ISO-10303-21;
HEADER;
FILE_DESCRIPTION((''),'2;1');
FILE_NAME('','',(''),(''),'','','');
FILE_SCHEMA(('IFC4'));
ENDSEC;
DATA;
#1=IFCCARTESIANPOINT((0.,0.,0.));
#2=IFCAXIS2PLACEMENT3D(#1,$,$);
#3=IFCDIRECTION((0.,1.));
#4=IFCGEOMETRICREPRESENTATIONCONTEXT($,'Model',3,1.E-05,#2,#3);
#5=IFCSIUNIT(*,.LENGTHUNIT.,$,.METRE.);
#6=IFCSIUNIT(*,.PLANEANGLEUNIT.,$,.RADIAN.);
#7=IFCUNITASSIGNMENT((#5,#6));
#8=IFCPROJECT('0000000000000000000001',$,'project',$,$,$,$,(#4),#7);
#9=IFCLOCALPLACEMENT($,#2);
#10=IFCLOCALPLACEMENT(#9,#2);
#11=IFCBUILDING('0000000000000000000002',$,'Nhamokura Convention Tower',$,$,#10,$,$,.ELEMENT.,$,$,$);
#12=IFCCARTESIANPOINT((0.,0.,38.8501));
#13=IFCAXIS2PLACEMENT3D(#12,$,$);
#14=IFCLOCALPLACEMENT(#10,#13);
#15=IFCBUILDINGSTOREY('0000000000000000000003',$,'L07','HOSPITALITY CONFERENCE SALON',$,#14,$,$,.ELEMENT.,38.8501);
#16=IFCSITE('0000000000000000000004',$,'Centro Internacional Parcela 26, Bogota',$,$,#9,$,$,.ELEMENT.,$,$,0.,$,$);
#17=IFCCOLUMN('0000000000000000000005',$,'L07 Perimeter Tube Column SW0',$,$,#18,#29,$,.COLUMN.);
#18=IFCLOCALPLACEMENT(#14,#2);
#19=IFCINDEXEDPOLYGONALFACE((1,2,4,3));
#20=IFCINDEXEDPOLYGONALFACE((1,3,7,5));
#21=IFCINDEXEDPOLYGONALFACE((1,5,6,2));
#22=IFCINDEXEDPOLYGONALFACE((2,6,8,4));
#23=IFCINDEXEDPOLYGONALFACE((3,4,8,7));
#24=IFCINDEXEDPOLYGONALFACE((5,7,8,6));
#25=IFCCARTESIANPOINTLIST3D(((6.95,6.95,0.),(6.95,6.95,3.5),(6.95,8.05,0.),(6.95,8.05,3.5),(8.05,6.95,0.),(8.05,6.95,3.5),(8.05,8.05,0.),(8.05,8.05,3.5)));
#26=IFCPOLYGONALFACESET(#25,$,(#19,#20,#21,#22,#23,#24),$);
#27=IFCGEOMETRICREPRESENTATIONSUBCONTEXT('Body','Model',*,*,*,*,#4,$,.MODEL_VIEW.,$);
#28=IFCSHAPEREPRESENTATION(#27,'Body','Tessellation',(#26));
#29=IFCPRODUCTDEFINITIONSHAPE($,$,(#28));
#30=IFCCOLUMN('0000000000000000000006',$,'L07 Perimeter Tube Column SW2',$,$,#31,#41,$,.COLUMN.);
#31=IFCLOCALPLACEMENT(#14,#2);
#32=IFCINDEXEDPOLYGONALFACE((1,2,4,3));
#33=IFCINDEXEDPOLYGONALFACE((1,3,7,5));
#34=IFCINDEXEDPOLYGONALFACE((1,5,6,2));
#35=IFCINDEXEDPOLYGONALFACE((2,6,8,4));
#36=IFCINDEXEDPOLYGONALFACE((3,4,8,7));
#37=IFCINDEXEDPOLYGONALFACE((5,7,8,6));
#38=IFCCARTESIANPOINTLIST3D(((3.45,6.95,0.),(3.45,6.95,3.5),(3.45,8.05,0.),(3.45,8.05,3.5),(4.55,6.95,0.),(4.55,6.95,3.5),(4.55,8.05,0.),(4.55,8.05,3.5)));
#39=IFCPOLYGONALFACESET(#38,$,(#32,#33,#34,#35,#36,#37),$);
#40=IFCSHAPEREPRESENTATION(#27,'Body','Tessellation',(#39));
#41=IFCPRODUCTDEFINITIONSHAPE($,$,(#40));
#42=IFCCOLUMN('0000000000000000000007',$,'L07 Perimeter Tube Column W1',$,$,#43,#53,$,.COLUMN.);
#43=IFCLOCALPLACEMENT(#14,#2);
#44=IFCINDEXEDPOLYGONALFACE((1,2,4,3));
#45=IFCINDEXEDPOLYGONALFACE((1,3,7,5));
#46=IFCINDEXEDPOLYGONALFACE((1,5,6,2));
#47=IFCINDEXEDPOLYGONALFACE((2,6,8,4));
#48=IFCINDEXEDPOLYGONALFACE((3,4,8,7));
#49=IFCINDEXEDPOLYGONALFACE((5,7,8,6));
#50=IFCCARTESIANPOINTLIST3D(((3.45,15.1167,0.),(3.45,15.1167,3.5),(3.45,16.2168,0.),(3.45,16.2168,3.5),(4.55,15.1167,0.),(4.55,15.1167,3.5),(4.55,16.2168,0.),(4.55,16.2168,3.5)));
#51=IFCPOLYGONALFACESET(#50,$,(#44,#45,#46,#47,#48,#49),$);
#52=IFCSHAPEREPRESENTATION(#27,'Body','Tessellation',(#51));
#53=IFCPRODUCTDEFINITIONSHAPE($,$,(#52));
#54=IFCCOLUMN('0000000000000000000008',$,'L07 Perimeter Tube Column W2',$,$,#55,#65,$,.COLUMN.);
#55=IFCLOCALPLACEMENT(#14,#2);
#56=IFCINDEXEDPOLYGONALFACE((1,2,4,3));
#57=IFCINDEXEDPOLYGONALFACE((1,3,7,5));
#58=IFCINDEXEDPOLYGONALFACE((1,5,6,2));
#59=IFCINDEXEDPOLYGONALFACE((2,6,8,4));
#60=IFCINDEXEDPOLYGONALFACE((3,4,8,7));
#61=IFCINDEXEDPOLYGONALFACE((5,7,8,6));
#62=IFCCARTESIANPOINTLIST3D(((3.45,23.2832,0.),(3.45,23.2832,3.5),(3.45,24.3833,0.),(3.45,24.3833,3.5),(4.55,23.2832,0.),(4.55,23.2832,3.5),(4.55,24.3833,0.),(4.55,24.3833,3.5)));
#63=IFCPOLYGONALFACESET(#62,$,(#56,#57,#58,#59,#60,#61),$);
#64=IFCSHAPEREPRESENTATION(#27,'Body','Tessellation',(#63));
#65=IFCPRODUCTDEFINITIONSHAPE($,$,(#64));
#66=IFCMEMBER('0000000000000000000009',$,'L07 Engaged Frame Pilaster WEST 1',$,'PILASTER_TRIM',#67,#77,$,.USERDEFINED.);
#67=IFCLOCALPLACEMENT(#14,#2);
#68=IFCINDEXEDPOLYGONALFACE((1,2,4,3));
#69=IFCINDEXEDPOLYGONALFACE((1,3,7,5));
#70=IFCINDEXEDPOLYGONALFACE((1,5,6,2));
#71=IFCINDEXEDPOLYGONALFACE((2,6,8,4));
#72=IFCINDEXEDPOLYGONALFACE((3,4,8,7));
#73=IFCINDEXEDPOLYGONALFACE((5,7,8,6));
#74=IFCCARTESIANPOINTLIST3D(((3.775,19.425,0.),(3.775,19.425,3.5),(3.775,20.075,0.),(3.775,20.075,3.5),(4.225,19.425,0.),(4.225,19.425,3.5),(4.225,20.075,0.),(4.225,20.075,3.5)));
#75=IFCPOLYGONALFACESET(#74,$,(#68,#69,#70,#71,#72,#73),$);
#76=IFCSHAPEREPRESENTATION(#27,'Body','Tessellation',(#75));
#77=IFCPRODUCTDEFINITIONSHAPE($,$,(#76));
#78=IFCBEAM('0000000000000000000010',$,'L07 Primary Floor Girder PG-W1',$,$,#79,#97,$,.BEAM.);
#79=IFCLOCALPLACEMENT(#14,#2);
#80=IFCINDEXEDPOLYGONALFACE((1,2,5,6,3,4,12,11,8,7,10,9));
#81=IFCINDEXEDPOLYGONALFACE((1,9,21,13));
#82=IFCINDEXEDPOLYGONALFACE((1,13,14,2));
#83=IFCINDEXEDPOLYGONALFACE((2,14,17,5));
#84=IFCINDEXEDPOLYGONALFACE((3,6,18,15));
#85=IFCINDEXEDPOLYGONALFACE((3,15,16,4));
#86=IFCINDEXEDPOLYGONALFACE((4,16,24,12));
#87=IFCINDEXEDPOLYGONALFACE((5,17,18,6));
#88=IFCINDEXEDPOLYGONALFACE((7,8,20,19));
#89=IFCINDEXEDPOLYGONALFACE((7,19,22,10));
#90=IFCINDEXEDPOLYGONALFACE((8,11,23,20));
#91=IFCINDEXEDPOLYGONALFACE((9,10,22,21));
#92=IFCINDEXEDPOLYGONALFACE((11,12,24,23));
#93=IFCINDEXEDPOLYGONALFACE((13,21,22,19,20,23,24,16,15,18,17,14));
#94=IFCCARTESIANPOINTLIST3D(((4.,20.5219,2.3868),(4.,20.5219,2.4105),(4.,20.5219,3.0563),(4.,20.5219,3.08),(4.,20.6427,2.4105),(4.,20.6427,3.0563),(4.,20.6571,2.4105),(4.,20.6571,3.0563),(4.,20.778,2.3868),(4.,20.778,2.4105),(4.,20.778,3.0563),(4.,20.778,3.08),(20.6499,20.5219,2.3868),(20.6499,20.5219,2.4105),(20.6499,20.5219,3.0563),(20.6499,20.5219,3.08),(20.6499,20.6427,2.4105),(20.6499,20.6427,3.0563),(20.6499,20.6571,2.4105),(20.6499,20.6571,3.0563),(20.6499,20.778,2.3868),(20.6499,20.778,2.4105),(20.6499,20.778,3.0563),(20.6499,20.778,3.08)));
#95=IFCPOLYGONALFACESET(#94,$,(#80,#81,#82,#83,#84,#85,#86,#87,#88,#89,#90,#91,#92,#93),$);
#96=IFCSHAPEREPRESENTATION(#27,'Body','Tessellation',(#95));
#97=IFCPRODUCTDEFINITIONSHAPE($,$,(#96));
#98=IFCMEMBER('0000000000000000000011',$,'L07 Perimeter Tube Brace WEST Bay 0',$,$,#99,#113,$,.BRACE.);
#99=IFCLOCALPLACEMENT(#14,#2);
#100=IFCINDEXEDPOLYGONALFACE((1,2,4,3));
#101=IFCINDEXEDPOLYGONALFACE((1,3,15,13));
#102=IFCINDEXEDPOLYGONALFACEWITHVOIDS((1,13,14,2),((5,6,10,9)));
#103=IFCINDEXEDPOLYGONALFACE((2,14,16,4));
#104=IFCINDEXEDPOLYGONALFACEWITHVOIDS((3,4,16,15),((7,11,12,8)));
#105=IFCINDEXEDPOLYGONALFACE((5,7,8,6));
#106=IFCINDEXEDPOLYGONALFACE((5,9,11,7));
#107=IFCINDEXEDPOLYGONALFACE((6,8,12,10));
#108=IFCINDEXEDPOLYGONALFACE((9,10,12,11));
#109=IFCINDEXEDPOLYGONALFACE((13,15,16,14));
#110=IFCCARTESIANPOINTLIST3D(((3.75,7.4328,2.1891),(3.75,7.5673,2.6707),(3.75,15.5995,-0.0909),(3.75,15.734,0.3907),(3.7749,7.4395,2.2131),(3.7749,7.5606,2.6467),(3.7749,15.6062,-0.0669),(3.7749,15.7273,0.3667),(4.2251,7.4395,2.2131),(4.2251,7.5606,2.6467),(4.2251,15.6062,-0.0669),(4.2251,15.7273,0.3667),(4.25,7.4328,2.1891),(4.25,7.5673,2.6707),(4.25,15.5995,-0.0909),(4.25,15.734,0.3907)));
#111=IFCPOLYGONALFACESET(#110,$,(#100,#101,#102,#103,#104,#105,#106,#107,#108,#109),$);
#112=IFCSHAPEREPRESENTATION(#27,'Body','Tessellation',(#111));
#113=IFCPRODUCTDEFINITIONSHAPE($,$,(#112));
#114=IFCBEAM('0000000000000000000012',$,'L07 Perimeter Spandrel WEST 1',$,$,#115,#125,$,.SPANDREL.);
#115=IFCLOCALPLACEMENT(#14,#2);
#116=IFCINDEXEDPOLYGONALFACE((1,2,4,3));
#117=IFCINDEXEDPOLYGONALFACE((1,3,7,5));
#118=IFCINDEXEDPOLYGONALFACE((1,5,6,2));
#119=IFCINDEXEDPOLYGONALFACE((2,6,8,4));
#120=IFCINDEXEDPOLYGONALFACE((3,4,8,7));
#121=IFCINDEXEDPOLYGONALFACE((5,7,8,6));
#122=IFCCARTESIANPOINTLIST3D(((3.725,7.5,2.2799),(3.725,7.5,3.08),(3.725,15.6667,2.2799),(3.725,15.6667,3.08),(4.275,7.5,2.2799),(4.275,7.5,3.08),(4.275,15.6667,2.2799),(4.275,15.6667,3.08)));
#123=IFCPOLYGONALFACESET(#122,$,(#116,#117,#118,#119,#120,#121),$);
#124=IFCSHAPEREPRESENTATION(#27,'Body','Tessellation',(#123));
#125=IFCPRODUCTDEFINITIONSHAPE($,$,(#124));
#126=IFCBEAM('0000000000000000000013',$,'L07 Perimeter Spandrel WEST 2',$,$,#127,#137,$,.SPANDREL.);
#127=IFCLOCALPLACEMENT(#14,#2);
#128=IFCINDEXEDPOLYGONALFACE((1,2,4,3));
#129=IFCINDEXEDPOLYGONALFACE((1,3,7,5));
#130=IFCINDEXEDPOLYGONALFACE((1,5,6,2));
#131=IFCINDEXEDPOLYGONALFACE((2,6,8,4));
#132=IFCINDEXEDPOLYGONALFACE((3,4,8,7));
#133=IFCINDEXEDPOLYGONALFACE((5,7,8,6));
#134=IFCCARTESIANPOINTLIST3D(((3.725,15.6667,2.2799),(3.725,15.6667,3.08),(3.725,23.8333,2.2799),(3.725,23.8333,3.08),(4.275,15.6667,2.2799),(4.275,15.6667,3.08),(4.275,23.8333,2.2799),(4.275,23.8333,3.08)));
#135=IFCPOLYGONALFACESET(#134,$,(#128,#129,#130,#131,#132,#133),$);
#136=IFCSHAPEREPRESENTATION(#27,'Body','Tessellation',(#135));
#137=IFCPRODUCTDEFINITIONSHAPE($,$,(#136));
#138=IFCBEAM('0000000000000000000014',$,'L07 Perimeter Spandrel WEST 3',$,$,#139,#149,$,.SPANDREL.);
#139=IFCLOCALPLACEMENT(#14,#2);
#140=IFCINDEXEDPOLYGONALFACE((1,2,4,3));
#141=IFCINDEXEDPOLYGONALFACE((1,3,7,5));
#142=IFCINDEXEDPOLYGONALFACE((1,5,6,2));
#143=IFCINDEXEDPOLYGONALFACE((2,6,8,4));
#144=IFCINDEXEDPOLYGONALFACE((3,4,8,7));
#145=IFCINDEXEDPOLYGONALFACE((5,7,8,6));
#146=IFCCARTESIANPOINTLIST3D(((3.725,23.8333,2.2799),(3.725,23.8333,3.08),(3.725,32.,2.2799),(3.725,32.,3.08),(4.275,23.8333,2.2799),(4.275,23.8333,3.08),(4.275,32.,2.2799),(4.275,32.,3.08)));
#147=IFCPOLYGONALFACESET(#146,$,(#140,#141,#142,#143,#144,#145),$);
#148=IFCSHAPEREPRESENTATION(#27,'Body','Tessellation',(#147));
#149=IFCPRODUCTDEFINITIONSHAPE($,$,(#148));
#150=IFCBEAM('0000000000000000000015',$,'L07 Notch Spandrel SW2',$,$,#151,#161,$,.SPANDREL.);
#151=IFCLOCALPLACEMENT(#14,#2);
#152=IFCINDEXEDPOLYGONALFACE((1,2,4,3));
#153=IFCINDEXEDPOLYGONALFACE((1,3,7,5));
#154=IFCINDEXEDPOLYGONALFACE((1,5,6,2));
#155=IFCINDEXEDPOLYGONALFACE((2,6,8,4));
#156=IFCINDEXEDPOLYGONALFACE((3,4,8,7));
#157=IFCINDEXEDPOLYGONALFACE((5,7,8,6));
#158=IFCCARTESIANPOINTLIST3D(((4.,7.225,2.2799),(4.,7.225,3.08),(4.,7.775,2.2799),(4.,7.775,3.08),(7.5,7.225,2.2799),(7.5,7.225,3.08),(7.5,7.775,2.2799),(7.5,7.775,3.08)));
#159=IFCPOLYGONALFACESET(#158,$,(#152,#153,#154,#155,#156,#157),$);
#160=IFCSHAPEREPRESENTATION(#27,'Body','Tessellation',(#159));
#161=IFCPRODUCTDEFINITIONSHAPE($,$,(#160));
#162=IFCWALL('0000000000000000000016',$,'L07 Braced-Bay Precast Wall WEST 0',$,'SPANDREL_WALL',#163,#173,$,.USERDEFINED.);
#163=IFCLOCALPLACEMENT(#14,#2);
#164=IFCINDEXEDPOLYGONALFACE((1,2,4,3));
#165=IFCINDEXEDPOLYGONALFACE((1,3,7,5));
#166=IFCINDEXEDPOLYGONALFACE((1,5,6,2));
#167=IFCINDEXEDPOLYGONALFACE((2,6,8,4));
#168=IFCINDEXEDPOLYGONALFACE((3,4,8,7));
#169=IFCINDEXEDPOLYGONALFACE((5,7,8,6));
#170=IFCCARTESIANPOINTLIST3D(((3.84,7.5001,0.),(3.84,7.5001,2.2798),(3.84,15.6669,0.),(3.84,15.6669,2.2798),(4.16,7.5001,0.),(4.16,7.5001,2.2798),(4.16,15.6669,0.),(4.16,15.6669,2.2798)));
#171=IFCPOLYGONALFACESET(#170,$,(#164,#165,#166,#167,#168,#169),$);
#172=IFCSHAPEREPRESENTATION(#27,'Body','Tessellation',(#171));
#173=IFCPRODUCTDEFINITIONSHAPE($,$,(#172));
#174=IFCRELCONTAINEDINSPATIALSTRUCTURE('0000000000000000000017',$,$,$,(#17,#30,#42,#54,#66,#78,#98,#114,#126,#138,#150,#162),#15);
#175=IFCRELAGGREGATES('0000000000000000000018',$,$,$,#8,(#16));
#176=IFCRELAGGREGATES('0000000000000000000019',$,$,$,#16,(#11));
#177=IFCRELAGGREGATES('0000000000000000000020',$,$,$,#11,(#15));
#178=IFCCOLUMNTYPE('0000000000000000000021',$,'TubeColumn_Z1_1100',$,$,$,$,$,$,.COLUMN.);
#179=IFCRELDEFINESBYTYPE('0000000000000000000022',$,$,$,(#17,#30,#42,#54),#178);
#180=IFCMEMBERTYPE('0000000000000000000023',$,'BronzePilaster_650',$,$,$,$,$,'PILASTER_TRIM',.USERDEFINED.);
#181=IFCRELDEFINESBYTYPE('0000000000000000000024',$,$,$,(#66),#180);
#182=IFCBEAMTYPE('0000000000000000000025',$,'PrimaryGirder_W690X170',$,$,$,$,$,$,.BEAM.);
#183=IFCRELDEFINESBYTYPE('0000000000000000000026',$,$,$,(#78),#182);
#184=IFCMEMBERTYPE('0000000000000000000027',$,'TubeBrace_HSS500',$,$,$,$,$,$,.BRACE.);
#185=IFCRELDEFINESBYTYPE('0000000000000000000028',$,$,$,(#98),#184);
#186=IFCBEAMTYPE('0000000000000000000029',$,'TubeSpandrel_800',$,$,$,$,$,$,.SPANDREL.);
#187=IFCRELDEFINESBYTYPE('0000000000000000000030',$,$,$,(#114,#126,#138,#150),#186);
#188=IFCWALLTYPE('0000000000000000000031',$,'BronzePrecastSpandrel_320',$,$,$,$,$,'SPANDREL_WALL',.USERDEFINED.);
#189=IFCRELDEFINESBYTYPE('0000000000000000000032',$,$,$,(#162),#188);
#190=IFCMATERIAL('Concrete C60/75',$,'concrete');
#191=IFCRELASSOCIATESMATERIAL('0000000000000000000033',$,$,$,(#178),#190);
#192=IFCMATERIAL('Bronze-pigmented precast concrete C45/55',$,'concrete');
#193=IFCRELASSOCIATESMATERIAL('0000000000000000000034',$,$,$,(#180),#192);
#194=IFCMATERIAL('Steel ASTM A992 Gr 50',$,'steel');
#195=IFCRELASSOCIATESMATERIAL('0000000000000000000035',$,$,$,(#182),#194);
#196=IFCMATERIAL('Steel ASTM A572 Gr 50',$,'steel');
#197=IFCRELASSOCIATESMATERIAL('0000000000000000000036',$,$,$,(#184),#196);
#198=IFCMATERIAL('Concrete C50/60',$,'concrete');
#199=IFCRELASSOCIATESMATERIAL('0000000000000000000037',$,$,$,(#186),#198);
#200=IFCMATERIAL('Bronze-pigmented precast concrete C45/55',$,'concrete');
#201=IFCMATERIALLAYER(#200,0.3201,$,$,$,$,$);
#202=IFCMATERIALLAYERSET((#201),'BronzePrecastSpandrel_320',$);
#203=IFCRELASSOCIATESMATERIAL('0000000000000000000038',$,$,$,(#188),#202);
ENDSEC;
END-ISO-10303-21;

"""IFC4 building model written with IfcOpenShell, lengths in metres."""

from ifc_helpers import new_model, si_unit, direction, frame, frame_2d, origin, origin_2d, place, context, subcontext, project, spatial, rectangle, hollow_rectangle, i_section, extrude, material, layer, layer_set, material_profile, profile_set, type_object, element, save


model = new_model("IFC4")

# Units and contexts
model_context = context("Model", 3, precision=1e-05, world=origin(), true_north=direction((0.0, 1.0)))
body_context = subcontext(model_context, "Body", "Model", "MODEL_VIEW")
ifc_project = project(units=[si_unit("LENGTHUNIT", "METRE"), si_unit("PLANEANGLEUNIT", "RADIAN")], contexts=[model_context])

# Site, building, storey
site_placement = place(None, origin())
site = spatial("IfcSite", under=ifc_project, at=site_placement, Name="Centro Internacional Parcela 26, Bogota", CompositionType="ELEMENT", RefElevation=0.0)
building_placement = place(site_placement, origin())
building = spatial("IfcBuilding", under=site, at=building_placement, Name="Nhamokura Convention Tower", CompositionType="ELEMENT")
storey_placement = place(building_placement, frame((0.0, 0.0, 38.8501)))
storey = spatial("IfcBuildingStorey", under=building, at=storey_placement, Name="L07", Description="HOSPITALITY CONFERENCE SALON", CompositionType="ELEMENT", Elevation=38.8501)

# Columns
ifc_material_1 = material(Name="Concrete C60/75", Category="concrete")
ifc_material_profile_1 = material_profile(ifc_material_1, rectangle(XDim=1.1001, YDim=1.1001, at=origin_2d()))
ifc_profile_set_1 = profile_set([ifc_material_profile_1], Name="Concrete C60/75")
column_type = type_object("IfcColumnType", Name="TubeColumn_Z1_1100", PredefinedType="COLUMN", material=ifc_profile_set_1)
for number, where, z_axis, x_axis, name in (
    (1, (7.5, 7.5, 0.0), (0.0, 0.0, 1.0), (1.0, 0.0, 0.0), "L07 Perimeter Tube Column SW0"),
    (2, (4.0, 7.5, 0.0), (0.0, 0.0, 1.0), (1.0, 0.0, 0.0), "L07 Perimeter Tube Column SW2"),
    (3, (4.0, 15.6667, 0.0), (0.0, 0.0, 1.0), (1.0, 0.0, 0.0), "L07 Perimeter Tube Column W1"),
    (4, (4.0, 23.8333, 0.0), (0.0, 0.0, 1.0), (1.0, 0.0, 0.0), "L07 Perimeter Tube Column W2"),
):
    element("IfcColumn", number, at=place(storey_placement, frame(where, z_axis=z_axis, x_axis=x_axis)), inside=storey, type_object=column_type, Name=name, PredefinedType="COLUMN", context=body_context, shape_type="SweptSolid", body=[
        extrude(rectangle(XDim=1.1001, YDim=1.1001, at=origin_2d()), origin(), (0.0, 0.0, 1.0), 3.5),
    ])

# Member
ifc_material_2 = material(Name="Bronze-pigmented precast concrete C45/55", Category="concrete")
ifc_material_profile_2 = material_profile(ifc_material_2, rectangle(XDim=0.45, YDim=0.6499, at=origin_2d()))
ifc_profile_set_2 = profile_set([ifc_material_profile_2], Name="Bronze-pigmented precast concrete C45/55")
member_type_1 = type_object("IfcMemberType", Name="BronzePilaster_650", ElementType="PILASTER_TRIM", PredefinedType="USERDEFINED", material=ifc_profile_set_2)
member_1_placement = place(storey_placement, frame((4.0, 19.75, 0.0), z_axis=(0.0, 0.0, 1.0), x_axis=(1.0, 0.0, 0.0)))
element("IfcMember", 5, at=member_1_placement, inside=storey, type_object=member_type_1, Name="L07 Engaged Frame Pilaster WEST 1", ObjectType="PILASTER_TRIM", PredefinedType="USERDEFINED", context=body_context, shape_type="SweptSolid", body=[
    extrude(rectangle(XDim=0.45, YDim=0.6499, at=origin_2d()), origin(), (0.0, 0.0, 1.0), 3.5),
])

# Beam
ifc_material_3 = material(Name="Steel ASTM A992 Gr 50", Category="steel")
ifc_material_profile_3 = material_profile(ifc_material_3, i_section(OverallWidth=0.2561, OverallDepth=0.6931, WebThickness=0.0144, FlangeThickness=0.0237, at=origin_2d()))
ifc_profile_set_3 = profile_set([ifc_material_profile_3], Name="Steel ASTM A992 Gr 50")
beam_type_1 = type_object("IfcBeamType", Name="PrimaryGirder_W690X170", PredefinedType="BEAM", material=ifc_profile_set_3)
beam_1_placement = place(storey_placement, frame((4.0, 20.6499, 2.7334), z_axis=(1.0, 0.0, 0.0), x_axis=(0.0, 1.0, 0.0)))
element("IfcBeam", 6, at=beam_1_placement, inside=storey, type_object=beam_type_1, Name="L07 Primary Floor Girder PG-W1", PredefinedType="BEAM", context=body_context, shape_type="SweptSolid", body=[
    extrude(i_section(OverallWidth=0.2561, OverallDepth=0.6931, WebThickness=0.0144, FlangeThickness=0.0237, at=origin_2d()), origin(), (0.0, 0.0, 1.0), 16.6499),
])

# Member
ifc_material_4 = material(Name="Steel ASTM A572 Gr 50", Category="steel")
ifc_material_profile_4 = material_profile(ifc_material_4, hollow_rectangle(XDim=0.5, YDim=0.5, WallThickness=0.0249, at=origin_2d()))
ifc_profile_set_4 = profile_set([ifc_material_profile_4], Name="Steel ASTM A572 Gr 50")
member_type_2 = type_object("IfcMemberType", Name="TubeBrace_HSS500", PredefinedType="BRACE", material=ifc_profile_set_4)
member_2_placement = place(storey_placement, frame((4.0, 15.6667, 0.1499), z_axis=(0.0, -0.963168, 0.268901), x_axis=(1.0, 0.0, 0.0)))
element("IfcMember", 7, at=member_2_placement, inside=storey, type_object=member_type_2, Name="L07 Perimeter Tube Brace WEST Bay 0", PredefinedType="BRACE", context=body_context, shape_type="SweptSolid", body=[
    extrude(hollow_rectangle(XDim=0.5, YDim=0.5, WallThickness=0.0249, at=origin_2d()), origin(), (0.0, 0.0, 1.0), 8.479),
])

# Beams
ifc_material_5 = material(Name="Concrete C50/60", Category="concrete")
ifc_material_profile_5 = material_profile(ifc_material_5, rectangle(XDim=0.55, YDim=0.8, at=origin_2d()))
ifc_profile_set_5 = profile_set([ifc_material_profile_5], Name="Concrete C50/60")
beam_type_2 = type_object("IfcBeamType", Name="TubeSpandrel_800", PredefinedType="SPANDREL", material=ifc_profile_set_5)
beam_2_placement = place(storey_placement, frame((4.0, 7.5, 2.6799), z_axis=(0.0, 1.0, 0.0), x_axis=(-1.0, 0.0, 0.0)))
element("IfcBeam", 8, at=beam_2_placement, inside=storey, type_object=beam_type_2, Name="L07 Perimeter Spandrel WEST 1", PredefinedType="SPANDREL", context=body_context, shape_type="SweptSolid", body=[
    extrude(rectangle(XDim=0.55, YDim=0.8, at=origin_2d()), origin(), (0.0, 0.0, 1.0), 8.1667),
])
beam_3_placement = place(storey_placement, frame((4.0, 15.6667, 2.6799), z_axis=(0.0, 1.0, 0.0), x_axis=(-1.0, 0.0, 0.0)))
element("IfcBeam", 9, at=beam_3_placement, inside=storey, type_object=beam_type_2, Name="L07 Perimeter Spandrel WEST 2", PredefinedType="SPANDREL", context=body_context, shape_type="SweptSolid", body=[
    extrude(rectangle(XDim=0.55, YDim=0.8, at=origin_2d()), origin(), (0.0, 0.0, 1.0), 8.1665),
])
beam_4_placement = place(storey_placement, frame((4.0, 23.8333, 2.6799), z_axis=(0.0, 1.0, 0.0), x_axis=(-1.0, 0.0, 0.0)))
element("IfcBeam", 10, at=beam_4_placement, inside=storey, type_object=beam_type_2, Name="L07 Perimeter Spandrel WEST 3", PredefinedType="SPANDREL", context=body_context, shape_type="SweptSolid", body=[
    extrude(rectangle(XDim=0.55, YDim=0.8, at=origin_2d()), origin(), (0.0, 0.0, 1.0), 8.1667),
])
beam_5_placement = place(storey_placement, frame((7.5, 7.5, 2.6799), z_axis=(-1.0, 0.0, 0.0), x_axis=(0.0, -1.0, 0.0)))
element("IfcBeam", 11, at=beam_5_placement, inside=storey, type_object=beam_type_2, Name="L07 Notch Spandrel SW2", PredefinedType="SPANDREL", context=body_context, shape_type="SweptSolid", body=[
    extrude(rectangle(XDim=0.55, YDim=0.8, at=origin_2d()), origin(), (0.0, 0.0, 1.0), 3.5),
])

# Wall
ifc_material_6 = material(Name="Bronze-pigmented precast concrete C45/55", Category="concrete")
ifc_layer_1 = layer(ifc_material_6, 0.3201)
ifc_layer_set_1 = layer_set([ifc_layer_1], Name="BronzePrecastSpandrel_320")
wall_type_1 = type_object("IfcWallType", Name="BronzePrecastSpandrel_320", ElementType="SPANDREL_WALL", PredefinedType="USERDEFINED", material=ifc_layer_set_1)
wall_1_placement = place(storey_placement, frame((4.0, 7.5, 0.0), z_axis=(0.0, 0.0, 1.0), x_axis=(0.0, 1.0, 0.0)))
element("IfcWall", 12, at=wall_1_placement, inside=storey, type_object=wall_type_1, Name="L07 Braced-Bay Precast Wall WEST 0", ObjectType="SPANDREL_WALL", PredefinedType="USERDEFINED", context=body_context, shape_type="SweptSolid", body=[
    extrude(rectangle(XDim=8.1667, YDim=0.3201, at=frame_2d((4.0835, 0.0))), origin(), (0.0, 0.0, 1.0), 2.2798),
])

save(model, "model.ifc")
